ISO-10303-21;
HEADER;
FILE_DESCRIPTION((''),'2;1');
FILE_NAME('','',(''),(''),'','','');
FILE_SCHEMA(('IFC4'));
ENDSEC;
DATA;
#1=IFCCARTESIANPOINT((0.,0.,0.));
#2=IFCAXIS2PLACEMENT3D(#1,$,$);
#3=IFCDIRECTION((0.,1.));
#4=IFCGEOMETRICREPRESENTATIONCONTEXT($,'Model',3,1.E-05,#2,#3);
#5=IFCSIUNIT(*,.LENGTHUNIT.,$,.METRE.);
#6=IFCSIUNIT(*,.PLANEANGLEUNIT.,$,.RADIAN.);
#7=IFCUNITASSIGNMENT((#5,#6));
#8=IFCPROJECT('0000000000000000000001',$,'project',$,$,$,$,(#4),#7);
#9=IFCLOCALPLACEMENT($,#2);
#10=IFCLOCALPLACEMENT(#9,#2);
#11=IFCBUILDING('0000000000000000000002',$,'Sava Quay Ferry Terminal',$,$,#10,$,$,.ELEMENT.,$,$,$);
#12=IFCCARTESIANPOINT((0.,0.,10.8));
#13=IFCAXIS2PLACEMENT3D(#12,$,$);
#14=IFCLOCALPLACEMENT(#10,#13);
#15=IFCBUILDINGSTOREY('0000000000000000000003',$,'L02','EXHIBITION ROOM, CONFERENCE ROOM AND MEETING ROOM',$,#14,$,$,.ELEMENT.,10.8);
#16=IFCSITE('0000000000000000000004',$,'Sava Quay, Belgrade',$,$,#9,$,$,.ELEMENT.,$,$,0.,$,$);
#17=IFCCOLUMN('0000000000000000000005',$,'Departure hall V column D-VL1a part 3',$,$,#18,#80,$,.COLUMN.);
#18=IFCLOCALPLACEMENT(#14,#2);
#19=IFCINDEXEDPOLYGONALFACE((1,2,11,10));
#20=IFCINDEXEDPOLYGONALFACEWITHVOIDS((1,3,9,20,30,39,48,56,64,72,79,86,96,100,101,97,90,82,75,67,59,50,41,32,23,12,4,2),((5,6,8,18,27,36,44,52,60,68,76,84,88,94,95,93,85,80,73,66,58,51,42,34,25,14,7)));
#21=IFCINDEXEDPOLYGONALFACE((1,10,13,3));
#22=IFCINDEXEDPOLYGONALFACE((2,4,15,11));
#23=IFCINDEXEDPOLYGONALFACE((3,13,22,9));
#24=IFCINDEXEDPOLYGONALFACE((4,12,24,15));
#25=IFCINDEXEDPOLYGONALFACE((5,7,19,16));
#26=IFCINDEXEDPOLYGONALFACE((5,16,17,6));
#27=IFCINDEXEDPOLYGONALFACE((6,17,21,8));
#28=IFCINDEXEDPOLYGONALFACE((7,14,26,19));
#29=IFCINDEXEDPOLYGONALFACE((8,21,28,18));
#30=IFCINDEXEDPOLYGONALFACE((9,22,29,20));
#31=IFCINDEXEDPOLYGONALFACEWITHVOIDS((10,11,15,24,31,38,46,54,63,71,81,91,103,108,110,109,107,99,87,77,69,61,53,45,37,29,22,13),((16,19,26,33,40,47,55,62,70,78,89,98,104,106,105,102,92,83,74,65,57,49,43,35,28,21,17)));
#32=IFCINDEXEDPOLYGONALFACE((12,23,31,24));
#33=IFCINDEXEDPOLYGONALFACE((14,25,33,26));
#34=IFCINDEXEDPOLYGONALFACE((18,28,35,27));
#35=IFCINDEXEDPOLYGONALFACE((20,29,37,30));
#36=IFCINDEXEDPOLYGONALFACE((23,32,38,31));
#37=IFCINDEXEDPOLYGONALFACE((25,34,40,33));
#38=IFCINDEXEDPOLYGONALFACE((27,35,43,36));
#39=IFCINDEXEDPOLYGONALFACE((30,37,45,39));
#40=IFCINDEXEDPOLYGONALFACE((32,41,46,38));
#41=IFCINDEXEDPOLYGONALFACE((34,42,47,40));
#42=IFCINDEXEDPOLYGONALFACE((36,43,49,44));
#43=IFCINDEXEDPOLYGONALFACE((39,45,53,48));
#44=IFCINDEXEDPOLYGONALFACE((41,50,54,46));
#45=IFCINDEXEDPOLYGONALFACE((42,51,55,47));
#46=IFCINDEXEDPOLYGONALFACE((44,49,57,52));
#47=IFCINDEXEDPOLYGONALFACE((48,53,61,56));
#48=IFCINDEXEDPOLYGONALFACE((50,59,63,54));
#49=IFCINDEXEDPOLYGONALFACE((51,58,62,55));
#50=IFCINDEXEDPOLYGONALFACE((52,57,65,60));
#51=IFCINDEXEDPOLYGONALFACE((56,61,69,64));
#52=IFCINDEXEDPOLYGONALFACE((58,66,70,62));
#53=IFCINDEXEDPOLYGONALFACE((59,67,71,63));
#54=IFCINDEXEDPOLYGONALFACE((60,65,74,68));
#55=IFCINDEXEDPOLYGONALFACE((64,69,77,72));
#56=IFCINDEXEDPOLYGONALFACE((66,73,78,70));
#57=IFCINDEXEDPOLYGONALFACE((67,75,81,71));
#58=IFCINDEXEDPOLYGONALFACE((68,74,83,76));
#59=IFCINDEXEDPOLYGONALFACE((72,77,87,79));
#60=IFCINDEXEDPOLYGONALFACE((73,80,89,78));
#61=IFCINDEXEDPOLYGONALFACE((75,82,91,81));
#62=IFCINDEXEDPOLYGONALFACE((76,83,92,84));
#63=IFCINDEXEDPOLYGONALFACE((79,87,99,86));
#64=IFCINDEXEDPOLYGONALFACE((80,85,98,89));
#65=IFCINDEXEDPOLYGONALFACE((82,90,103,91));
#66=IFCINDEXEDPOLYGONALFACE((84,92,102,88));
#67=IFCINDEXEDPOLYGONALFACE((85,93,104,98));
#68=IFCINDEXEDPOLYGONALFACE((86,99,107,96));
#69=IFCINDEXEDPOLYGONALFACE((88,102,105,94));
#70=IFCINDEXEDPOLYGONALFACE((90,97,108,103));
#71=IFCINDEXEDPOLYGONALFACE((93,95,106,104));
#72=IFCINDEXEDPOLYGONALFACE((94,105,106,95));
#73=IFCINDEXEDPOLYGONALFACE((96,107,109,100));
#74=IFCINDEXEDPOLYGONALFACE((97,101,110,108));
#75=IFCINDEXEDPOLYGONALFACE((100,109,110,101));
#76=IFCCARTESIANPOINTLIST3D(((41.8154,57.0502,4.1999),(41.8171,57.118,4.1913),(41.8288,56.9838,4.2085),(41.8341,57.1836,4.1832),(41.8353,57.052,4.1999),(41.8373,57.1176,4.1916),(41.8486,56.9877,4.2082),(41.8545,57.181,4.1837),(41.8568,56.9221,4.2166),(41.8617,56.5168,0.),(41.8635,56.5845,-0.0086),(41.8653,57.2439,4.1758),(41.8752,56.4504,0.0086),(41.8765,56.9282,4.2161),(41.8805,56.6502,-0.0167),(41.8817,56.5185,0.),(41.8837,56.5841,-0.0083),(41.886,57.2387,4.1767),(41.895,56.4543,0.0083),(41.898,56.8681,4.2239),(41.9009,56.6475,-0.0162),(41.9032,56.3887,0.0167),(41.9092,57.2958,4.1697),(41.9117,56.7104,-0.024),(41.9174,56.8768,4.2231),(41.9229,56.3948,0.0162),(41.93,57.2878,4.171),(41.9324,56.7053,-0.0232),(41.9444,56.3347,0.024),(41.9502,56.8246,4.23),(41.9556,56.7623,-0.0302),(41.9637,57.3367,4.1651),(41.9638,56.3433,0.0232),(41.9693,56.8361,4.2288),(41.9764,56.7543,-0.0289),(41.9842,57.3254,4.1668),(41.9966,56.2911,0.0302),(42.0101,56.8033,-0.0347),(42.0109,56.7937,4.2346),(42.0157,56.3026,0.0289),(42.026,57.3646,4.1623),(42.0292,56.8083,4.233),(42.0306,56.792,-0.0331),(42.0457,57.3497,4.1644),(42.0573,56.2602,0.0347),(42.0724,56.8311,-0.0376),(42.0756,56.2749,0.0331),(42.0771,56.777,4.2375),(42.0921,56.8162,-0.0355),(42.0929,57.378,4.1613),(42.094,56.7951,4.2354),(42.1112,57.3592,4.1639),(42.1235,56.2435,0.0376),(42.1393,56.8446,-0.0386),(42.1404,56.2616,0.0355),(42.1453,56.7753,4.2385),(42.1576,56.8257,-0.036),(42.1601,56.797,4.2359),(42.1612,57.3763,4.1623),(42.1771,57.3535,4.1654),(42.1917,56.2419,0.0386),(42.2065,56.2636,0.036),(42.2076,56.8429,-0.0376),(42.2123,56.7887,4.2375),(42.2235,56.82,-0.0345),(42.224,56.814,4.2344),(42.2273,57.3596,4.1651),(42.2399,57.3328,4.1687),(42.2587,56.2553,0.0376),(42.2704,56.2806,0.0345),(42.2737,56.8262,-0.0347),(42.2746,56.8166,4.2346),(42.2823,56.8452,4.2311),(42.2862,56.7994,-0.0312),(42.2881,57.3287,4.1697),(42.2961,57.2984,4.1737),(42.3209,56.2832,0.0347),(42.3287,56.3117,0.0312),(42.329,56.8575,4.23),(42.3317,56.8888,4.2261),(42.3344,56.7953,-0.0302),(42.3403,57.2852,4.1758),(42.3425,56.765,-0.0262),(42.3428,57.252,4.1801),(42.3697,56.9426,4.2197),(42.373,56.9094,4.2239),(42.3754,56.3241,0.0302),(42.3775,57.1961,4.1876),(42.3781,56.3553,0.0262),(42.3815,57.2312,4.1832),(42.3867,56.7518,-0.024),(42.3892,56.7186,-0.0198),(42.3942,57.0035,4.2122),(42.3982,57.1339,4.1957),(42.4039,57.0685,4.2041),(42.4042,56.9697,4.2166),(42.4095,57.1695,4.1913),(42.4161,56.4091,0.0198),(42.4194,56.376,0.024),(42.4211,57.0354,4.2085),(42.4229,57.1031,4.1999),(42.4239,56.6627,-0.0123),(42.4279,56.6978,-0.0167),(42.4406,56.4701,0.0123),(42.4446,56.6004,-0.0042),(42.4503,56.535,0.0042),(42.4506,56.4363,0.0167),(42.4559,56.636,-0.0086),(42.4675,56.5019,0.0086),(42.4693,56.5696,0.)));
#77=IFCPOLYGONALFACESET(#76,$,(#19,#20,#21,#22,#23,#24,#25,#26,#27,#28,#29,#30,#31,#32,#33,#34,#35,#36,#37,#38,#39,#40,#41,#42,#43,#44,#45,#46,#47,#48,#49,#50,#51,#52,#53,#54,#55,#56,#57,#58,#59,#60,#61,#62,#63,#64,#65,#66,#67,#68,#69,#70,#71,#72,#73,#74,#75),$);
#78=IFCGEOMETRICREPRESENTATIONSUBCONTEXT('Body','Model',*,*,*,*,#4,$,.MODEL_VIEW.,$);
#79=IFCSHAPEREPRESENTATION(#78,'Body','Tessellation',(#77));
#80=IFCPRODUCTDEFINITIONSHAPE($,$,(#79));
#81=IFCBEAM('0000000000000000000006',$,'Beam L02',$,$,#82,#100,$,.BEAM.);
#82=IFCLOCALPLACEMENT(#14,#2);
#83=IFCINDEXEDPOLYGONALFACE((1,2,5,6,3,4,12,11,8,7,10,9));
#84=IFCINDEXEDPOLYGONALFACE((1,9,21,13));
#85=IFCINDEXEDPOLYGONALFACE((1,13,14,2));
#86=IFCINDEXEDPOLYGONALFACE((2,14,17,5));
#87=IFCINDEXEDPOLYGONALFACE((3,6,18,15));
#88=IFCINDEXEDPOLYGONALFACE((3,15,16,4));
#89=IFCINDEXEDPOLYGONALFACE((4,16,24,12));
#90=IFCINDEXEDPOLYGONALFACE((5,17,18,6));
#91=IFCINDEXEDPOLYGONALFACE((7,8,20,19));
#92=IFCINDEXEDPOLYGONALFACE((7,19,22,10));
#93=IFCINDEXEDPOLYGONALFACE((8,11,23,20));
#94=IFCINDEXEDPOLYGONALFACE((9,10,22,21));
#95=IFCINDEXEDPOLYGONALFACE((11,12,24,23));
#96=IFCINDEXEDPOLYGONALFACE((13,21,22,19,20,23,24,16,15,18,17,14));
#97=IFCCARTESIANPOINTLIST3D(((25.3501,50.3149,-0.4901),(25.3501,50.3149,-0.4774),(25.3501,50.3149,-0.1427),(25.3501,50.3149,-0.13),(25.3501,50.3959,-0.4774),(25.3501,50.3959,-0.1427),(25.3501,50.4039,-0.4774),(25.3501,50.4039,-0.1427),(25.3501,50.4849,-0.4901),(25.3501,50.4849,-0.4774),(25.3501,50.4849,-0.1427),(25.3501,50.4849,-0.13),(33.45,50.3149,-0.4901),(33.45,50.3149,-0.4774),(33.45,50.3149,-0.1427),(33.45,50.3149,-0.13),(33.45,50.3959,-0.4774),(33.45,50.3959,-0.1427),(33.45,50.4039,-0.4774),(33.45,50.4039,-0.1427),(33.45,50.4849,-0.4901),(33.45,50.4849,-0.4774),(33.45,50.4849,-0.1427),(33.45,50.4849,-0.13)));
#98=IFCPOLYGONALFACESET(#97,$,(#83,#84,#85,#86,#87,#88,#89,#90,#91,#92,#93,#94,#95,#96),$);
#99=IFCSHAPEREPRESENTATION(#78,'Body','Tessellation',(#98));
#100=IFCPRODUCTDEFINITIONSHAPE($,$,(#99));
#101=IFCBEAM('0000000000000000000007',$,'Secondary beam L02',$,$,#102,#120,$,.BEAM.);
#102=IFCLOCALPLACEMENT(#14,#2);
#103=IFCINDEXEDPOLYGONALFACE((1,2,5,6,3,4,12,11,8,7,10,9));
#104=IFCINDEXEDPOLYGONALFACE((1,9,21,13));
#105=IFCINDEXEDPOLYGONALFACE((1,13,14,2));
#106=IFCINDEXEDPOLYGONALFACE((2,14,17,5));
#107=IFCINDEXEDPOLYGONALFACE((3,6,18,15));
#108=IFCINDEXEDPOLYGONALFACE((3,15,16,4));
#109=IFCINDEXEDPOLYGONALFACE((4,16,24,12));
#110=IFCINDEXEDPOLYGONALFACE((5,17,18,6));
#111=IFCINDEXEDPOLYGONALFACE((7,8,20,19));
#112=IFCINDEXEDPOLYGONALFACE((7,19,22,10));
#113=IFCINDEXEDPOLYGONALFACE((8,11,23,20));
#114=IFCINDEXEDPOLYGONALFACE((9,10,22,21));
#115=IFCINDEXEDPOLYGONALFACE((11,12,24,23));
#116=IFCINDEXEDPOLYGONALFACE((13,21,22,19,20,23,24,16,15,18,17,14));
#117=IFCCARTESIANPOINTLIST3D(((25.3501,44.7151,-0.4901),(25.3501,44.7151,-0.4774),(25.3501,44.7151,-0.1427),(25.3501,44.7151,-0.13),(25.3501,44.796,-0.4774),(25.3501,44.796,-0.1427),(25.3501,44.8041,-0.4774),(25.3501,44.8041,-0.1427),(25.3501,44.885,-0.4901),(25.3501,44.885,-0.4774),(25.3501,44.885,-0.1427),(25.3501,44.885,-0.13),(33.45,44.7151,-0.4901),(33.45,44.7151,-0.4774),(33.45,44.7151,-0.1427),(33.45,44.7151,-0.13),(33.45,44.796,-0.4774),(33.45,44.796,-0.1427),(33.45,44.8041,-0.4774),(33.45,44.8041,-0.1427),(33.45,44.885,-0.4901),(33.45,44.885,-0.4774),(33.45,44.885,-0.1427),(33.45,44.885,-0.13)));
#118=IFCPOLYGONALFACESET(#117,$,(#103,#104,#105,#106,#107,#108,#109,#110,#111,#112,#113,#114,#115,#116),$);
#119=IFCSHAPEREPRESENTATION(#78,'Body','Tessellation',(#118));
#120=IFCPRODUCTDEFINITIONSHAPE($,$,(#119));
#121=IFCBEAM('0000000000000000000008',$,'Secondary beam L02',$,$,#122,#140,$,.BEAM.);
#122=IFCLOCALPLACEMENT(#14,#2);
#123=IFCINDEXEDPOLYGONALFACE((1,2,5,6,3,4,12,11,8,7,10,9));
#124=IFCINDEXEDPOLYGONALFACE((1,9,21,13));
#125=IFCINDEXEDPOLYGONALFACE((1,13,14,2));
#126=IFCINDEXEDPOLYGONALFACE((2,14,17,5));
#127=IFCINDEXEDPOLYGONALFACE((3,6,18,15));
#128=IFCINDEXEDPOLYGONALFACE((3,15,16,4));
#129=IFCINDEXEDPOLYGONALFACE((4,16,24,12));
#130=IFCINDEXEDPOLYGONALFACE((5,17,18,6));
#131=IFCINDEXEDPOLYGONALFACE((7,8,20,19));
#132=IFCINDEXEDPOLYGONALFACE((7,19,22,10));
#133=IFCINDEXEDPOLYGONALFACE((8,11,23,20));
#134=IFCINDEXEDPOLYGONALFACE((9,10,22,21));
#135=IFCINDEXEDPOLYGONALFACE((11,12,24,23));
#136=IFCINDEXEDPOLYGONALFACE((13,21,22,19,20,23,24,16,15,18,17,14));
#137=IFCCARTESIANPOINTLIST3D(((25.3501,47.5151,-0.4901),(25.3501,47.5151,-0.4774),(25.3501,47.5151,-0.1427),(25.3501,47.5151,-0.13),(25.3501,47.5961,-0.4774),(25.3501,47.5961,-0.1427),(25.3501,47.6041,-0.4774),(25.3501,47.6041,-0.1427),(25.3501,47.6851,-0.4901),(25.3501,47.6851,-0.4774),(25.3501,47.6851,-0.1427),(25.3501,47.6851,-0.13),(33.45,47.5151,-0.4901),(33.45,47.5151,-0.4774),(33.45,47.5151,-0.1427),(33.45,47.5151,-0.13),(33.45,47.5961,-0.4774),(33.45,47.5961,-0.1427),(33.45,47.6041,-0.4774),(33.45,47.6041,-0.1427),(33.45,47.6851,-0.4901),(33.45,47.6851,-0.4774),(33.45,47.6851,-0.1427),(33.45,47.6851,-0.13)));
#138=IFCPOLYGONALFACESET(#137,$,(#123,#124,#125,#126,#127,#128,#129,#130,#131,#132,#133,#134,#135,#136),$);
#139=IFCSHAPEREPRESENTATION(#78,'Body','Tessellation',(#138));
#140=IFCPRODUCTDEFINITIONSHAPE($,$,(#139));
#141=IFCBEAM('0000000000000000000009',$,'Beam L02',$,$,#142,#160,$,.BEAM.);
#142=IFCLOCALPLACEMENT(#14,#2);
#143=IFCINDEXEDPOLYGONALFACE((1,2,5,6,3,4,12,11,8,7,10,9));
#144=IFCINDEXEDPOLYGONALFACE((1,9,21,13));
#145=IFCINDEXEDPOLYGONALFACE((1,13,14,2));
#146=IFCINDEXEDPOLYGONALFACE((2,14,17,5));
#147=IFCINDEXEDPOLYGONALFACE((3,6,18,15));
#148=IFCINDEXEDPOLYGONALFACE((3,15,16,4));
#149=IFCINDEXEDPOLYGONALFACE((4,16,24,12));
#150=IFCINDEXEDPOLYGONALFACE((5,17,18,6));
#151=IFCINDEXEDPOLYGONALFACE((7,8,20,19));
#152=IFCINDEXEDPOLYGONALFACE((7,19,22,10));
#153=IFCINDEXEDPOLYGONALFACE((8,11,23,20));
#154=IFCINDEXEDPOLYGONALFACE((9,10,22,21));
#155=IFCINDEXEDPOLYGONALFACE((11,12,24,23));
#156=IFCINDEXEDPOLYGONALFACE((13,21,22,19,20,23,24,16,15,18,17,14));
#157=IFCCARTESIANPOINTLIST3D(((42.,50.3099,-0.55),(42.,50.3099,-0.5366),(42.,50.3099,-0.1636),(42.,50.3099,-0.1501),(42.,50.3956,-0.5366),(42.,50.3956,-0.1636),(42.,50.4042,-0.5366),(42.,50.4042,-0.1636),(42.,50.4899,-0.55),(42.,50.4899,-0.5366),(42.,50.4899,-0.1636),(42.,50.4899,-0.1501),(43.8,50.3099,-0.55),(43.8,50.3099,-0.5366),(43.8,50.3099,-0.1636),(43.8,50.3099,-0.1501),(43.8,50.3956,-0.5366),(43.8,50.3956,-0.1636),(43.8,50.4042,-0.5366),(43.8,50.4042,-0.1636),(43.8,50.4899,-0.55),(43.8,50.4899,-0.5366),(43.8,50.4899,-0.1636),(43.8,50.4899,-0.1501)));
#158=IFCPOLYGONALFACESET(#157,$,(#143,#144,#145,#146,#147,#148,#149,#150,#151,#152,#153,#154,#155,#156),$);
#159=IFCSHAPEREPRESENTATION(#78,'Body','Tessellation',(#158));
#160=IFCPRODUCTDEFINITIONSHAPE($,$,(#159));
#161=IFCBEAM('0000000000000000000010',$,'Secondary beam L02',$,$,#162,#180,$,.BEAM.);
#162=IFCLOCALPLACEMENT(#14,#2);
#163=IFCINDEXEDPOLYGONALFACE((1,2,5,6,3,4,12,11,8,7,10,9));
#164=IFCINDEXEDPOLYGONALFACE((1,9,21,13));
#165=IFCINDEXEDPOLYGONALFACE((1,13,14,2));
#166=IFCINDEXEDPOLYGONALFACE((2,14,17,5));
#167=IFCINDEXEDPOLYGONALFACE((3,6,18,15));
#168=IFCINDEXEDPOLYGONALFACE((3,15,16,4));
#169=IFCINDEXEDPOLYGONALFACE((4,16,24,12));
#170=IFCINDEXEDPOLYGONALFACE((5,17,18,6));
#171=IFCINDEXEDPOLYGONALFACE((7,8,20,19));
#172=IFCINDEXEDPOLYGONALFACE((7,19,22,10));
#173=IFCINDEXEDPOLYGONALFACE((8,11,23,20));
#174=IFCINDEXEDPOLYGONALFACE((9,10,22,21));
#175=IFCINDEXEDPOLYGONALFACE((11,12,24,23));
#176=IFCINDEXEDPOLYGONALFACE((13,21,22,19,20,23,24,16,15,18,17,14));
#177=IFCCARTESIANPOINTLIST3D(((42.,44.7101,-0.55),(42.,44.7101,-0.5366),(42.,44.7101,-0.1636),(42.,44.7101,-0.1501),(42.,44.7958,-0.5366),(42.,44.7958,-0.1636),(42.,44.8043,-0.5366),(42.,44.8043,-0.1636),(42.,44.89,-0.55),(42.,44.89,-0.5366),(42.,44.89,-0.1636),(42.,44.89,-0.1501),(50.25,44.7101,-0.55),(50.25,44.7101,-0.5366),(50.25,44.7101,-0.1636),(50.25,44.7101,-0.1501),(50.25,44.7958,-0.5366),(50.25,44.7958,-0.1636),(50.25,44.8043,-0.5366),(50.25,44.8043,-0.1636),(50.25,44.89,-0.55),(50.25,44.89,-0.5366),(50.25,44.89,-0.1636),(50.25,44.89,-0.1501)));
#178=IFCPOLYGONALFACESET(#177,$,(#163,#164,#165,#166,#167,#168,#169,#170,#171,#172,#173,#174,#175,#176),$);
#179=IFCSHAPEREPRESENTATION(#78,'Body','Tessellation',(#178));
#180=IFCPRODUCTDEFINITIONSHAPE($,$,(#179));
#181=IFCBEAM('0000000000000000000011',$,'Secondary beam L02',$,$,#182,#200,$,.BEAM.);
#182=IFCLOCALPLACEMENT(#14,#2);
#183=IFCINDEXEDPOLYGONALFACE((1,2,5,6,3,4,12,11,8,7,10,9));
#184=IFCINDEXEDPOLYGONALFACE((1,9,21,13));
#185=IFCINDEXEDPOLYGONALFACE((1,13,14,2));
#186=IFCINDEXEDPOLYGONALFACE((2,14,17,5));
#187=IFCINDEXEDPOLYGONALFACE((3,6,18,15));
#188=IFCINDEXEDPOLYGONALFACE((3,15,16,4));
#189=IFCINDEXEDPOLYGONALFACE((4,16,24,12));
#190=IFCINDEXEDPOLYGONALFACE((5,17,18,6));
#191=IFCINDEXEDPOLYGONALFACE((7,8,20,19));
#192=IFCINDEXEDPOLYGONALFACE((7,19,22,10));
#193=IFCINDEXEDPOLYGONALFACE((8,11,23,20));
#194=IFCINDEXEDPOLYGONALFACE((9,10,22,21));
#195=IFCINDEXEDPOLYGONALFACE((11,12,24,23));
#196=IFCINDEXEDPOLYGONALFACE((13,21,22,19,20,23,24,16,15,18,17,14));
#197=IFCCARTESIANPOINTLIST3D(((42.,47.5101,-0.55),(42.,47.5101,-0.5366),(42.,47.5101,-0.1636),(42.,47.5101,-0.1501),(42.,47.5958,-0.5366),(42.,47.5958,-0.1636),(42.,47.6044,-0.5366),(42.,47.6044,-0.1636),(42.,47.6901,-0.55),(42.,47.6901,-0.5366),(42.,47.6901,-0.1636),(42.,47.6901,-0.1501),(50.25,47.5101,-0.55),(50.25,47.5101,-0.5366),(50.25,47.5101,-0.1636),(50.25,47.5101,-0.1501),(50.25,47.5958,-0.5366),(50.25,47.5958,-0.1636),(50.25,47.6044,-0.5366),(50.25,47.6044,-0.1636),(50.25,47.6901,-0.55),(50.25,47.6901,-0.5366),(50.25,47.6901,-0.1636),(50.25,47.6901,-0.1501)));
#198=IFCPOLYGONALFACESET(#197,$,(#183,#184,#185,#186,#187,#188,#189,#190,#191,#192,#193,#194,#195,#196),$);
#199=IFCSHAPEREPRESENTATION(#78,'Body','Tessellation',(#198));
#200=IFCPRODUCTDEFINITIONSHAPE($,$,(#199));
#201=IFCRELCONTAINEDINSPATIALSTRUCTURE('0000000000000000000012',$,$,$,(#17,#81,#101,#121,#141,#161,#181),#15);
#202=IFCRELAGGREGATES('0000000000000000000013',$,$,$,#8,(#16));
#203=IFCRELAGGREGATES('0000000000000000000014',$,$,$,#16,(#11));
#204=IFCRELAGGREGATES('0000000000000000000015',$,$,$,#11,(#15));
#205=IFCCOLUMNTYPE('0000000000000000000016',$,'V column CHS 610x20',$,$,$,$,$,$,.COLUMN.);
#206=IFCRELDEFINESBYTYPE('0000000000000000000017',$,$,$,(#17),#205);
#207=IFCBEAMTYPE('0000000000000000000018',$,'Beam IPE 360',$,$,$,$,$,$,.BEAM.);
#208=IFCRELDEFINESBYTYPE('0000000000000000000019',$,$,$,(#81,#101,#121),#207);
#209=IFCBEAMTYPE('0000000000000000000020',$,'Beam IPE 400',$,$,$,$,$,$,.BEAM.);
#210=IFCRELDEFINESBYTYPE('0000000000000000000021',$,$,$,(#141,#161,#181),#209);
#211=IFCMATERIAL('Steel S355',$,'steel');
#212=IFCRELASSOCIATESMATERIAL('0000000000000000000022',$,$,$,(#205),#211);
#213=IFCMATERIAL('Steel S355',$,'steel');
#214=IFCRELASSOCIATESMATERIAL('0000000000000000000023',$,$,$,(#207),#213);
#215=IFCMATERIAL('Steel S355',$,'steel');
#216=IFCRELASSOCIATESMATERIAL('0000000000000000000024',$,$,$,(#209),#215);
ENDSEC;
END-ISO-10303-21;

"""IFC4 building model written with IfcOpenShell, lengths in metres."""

from ifc_helpers import new_model, si_unit, direction, frame, origin, origin_2d, place, context, subcontext, project, spatial, hollow_circle, i_section, extrude, material, material_profile, profile_set, type_object, element, save


model = new_model("IFC4")

# Units and contexts
model_context = context("Model", 3, precision=1e-05, world=origin(), true_north=direction((0.0, 1.0)))
body_context = subcontext(model_context, "Body", "Model", "MODEL_VIEW")
ifc_project = project(units=[si_unit("LENGTHUNIT", "METRE"), si_unit("PLANEANGLEUNIT", "RADIAN")], contexts=[model_context])

# Site, building, storey
site_placement = place(None, origin())
site = spatial("IfcSite", under=ifc_project, at=site_placement, Name="Sava Quay, Belgrade", CompositionType="ELEMENT", RefElevation=0.0)
building_placement = place(site_placement, origin())
building = spatial("IfcBuilding", under=site, at=building_placement, Name="Sava Quay Ferry Terminal", CompositionType="ELEMENT")
storey_placement = place(building_placement, frame((0.0, 0.0, 10.8)))
storey = spatial("IfcBuildingStorey", under=building, at=storey_placement, Name="L02", Description="EXHIBITION ROOM, CONFERENCE ROOM AND MEETING ROOM", CompositionType="ELEMENT", Elevation=10.8)

# Column
ifc_material_1 = material(Name="Steel S355", Category="steel")
ifc_material_profile_1 = material_profile(ifc_material_1, hollow_circle(Radius=0.3049, WallThickness=0.02, at=origin_2d()), Name="CHS 610 x 20.0")
ifc_profile_set_1 = profile_set([ifc_material_profile_1], Name="Steel S355")
column_type_1 = type_object("IfcColumnType", Name="V column CHS 610x20", PredefinedType="COLUMN", material=ifc_profile_set_1)
column_1_placement = place(storey_placement, frame((42.1655, 56.5432, 0.0), z_axis=(-0.010956, 0.125993, 0.991971), x_axis=(-0.996241, -0.08663, 0.0)))
element("IfcColumn", 1, at=column_1_placement, inside=storey, type_object=column_type_1, Name="Departure hall V column D-VL1a part 3", PredefinedType="COLUMN", context=body_context, shape_type="SweptSolid", body=[
    extrude(hollow_circle(Radius=0.3049, WallThickness=0.02, at=origin_2d()), origin(), (0.0, 0.0, 1.0), 4.2339),
])

# Beams
ifc_material_2 = material(Name="Steel S355", Category="steel")
ifc_material_profile_2 = material_profile(ifc_material_2, i_section(OverallWidth=0.1699, OverallDepth=0.3601, WebThickness=0.0081, FlangeThickness=0.0127, at=origin_2d()), Name="IPE 360")
ifc_profile_set_2 = profile_set([ifc_material_profile_2], Name="Steel S355")
beam_type_1 = type_object("IfcBeamType", Name="Beam IPE 360", PredefinedType="BEAM", material=ifc_profile_set_2)
for number, where, z_axis, x_axis, name in (
    (2, (25.3501, 50.3999, -0.3101), (1.0, 0.0, 0.0), (0.0, 1.0, 0.0), "Beam L02"),
    (3, (25.3501, 44.8, -0.3101), (1.0, 0.0, 0.0), (0.0, 1.0, 0.0), "Secondary beam L02"),
    (4, (25.3501, 47.6001, -0.3101), (1.0, 0.0, 0.0), (0.0, 1.0, 0.0), "Secondary beam L02"),
):
    element("IfcBeam", number, at=place(storey_placement, frame(where, z_axis=z_axis, x_axis=x_axis)), inside=storey, type_object=beam_type_1, Name=name, PredefinedType="BEAM", context=body_context, shape_type="SweptSolid", body=[
        extrude(i_section(OverallWidth=0.1699, OverallDepth=0.3601, WebThickness=0.0081, FlangeThickness=0.0127, at=origin_2d()), origin(), (0.0, 0.0, 1.0), 8.0999),
    ])
ifc_material_3 = material(Name="Steel S355", Category="steel")
ifc_material_profile_3 = material_profile(ifc_material_3, i_section(OverallWidth=0.1799, OverallDepth=0.3999, WebThickness=0.0085, FlangeThickness=0.0134, at=origin_2d()), Name="IPE 400")
ifc_profile_set_3 = profile_set([ifc_material_profile_3], Name="Steel S355")
beam_type_2 = type_object("IfcBeamType", Name="Beam IPE 400", PredefinedType="BEAM", material=ifc_profile_set_3)
beam_placement = place(storey_placement, frame((42.0, 50.3999, -0.3501), z_axis=(1.0, 0.0, 0.0), x_axis=(0.0, 1.0, 0.0)))
element("IfcBeam", 5, at=beam_placement, inside=storey, type_object=beam_type_2, Name="Beam L02", PredefinedType="BEAM", context=body_context, shape_type="SweptSolid", body=[
    extrude(i_section(OverallWidth=0.1799, OverallDepth=0.3999, WebThickness=0.0085, FlangeThickness=0.0134, at=origin_2d()), origin(), (0.0, 0.0, 1.0), 1.8),
])
for number, where, z_axis, x_axis, name in (
    (6, (42.0, 44.8, -0.3501), (1.0, 0.0, 0.0), (0.0, 1.0, 0.0), "Secondary beam L02"),
    (7, (42.0, 47.6001, -0.3501), (1.0, 0.0, 0.0), (0.0, 1.0, 0.0), "Secondary beam L02"),
):
    element("IfcBeam", number, at=place(storey_placement, frame(where, z_axis=z_axis, x_axis=x_axis)), inside=storey, type_object=beam_type_2, Name=name, PredefinedType="BEAM", context=body_context, shape_type="SweptSolid", body=[
        extrude(i_section(OverallWidth=0.1799, OverallDepth=0.3999, WebThickness=0.0085, FlangeThickness=0.0134, at=origin_2d()), origin(), (0.0, 0.0, 1.0), 8.25),
    ])

save(model, "model.ifc")
